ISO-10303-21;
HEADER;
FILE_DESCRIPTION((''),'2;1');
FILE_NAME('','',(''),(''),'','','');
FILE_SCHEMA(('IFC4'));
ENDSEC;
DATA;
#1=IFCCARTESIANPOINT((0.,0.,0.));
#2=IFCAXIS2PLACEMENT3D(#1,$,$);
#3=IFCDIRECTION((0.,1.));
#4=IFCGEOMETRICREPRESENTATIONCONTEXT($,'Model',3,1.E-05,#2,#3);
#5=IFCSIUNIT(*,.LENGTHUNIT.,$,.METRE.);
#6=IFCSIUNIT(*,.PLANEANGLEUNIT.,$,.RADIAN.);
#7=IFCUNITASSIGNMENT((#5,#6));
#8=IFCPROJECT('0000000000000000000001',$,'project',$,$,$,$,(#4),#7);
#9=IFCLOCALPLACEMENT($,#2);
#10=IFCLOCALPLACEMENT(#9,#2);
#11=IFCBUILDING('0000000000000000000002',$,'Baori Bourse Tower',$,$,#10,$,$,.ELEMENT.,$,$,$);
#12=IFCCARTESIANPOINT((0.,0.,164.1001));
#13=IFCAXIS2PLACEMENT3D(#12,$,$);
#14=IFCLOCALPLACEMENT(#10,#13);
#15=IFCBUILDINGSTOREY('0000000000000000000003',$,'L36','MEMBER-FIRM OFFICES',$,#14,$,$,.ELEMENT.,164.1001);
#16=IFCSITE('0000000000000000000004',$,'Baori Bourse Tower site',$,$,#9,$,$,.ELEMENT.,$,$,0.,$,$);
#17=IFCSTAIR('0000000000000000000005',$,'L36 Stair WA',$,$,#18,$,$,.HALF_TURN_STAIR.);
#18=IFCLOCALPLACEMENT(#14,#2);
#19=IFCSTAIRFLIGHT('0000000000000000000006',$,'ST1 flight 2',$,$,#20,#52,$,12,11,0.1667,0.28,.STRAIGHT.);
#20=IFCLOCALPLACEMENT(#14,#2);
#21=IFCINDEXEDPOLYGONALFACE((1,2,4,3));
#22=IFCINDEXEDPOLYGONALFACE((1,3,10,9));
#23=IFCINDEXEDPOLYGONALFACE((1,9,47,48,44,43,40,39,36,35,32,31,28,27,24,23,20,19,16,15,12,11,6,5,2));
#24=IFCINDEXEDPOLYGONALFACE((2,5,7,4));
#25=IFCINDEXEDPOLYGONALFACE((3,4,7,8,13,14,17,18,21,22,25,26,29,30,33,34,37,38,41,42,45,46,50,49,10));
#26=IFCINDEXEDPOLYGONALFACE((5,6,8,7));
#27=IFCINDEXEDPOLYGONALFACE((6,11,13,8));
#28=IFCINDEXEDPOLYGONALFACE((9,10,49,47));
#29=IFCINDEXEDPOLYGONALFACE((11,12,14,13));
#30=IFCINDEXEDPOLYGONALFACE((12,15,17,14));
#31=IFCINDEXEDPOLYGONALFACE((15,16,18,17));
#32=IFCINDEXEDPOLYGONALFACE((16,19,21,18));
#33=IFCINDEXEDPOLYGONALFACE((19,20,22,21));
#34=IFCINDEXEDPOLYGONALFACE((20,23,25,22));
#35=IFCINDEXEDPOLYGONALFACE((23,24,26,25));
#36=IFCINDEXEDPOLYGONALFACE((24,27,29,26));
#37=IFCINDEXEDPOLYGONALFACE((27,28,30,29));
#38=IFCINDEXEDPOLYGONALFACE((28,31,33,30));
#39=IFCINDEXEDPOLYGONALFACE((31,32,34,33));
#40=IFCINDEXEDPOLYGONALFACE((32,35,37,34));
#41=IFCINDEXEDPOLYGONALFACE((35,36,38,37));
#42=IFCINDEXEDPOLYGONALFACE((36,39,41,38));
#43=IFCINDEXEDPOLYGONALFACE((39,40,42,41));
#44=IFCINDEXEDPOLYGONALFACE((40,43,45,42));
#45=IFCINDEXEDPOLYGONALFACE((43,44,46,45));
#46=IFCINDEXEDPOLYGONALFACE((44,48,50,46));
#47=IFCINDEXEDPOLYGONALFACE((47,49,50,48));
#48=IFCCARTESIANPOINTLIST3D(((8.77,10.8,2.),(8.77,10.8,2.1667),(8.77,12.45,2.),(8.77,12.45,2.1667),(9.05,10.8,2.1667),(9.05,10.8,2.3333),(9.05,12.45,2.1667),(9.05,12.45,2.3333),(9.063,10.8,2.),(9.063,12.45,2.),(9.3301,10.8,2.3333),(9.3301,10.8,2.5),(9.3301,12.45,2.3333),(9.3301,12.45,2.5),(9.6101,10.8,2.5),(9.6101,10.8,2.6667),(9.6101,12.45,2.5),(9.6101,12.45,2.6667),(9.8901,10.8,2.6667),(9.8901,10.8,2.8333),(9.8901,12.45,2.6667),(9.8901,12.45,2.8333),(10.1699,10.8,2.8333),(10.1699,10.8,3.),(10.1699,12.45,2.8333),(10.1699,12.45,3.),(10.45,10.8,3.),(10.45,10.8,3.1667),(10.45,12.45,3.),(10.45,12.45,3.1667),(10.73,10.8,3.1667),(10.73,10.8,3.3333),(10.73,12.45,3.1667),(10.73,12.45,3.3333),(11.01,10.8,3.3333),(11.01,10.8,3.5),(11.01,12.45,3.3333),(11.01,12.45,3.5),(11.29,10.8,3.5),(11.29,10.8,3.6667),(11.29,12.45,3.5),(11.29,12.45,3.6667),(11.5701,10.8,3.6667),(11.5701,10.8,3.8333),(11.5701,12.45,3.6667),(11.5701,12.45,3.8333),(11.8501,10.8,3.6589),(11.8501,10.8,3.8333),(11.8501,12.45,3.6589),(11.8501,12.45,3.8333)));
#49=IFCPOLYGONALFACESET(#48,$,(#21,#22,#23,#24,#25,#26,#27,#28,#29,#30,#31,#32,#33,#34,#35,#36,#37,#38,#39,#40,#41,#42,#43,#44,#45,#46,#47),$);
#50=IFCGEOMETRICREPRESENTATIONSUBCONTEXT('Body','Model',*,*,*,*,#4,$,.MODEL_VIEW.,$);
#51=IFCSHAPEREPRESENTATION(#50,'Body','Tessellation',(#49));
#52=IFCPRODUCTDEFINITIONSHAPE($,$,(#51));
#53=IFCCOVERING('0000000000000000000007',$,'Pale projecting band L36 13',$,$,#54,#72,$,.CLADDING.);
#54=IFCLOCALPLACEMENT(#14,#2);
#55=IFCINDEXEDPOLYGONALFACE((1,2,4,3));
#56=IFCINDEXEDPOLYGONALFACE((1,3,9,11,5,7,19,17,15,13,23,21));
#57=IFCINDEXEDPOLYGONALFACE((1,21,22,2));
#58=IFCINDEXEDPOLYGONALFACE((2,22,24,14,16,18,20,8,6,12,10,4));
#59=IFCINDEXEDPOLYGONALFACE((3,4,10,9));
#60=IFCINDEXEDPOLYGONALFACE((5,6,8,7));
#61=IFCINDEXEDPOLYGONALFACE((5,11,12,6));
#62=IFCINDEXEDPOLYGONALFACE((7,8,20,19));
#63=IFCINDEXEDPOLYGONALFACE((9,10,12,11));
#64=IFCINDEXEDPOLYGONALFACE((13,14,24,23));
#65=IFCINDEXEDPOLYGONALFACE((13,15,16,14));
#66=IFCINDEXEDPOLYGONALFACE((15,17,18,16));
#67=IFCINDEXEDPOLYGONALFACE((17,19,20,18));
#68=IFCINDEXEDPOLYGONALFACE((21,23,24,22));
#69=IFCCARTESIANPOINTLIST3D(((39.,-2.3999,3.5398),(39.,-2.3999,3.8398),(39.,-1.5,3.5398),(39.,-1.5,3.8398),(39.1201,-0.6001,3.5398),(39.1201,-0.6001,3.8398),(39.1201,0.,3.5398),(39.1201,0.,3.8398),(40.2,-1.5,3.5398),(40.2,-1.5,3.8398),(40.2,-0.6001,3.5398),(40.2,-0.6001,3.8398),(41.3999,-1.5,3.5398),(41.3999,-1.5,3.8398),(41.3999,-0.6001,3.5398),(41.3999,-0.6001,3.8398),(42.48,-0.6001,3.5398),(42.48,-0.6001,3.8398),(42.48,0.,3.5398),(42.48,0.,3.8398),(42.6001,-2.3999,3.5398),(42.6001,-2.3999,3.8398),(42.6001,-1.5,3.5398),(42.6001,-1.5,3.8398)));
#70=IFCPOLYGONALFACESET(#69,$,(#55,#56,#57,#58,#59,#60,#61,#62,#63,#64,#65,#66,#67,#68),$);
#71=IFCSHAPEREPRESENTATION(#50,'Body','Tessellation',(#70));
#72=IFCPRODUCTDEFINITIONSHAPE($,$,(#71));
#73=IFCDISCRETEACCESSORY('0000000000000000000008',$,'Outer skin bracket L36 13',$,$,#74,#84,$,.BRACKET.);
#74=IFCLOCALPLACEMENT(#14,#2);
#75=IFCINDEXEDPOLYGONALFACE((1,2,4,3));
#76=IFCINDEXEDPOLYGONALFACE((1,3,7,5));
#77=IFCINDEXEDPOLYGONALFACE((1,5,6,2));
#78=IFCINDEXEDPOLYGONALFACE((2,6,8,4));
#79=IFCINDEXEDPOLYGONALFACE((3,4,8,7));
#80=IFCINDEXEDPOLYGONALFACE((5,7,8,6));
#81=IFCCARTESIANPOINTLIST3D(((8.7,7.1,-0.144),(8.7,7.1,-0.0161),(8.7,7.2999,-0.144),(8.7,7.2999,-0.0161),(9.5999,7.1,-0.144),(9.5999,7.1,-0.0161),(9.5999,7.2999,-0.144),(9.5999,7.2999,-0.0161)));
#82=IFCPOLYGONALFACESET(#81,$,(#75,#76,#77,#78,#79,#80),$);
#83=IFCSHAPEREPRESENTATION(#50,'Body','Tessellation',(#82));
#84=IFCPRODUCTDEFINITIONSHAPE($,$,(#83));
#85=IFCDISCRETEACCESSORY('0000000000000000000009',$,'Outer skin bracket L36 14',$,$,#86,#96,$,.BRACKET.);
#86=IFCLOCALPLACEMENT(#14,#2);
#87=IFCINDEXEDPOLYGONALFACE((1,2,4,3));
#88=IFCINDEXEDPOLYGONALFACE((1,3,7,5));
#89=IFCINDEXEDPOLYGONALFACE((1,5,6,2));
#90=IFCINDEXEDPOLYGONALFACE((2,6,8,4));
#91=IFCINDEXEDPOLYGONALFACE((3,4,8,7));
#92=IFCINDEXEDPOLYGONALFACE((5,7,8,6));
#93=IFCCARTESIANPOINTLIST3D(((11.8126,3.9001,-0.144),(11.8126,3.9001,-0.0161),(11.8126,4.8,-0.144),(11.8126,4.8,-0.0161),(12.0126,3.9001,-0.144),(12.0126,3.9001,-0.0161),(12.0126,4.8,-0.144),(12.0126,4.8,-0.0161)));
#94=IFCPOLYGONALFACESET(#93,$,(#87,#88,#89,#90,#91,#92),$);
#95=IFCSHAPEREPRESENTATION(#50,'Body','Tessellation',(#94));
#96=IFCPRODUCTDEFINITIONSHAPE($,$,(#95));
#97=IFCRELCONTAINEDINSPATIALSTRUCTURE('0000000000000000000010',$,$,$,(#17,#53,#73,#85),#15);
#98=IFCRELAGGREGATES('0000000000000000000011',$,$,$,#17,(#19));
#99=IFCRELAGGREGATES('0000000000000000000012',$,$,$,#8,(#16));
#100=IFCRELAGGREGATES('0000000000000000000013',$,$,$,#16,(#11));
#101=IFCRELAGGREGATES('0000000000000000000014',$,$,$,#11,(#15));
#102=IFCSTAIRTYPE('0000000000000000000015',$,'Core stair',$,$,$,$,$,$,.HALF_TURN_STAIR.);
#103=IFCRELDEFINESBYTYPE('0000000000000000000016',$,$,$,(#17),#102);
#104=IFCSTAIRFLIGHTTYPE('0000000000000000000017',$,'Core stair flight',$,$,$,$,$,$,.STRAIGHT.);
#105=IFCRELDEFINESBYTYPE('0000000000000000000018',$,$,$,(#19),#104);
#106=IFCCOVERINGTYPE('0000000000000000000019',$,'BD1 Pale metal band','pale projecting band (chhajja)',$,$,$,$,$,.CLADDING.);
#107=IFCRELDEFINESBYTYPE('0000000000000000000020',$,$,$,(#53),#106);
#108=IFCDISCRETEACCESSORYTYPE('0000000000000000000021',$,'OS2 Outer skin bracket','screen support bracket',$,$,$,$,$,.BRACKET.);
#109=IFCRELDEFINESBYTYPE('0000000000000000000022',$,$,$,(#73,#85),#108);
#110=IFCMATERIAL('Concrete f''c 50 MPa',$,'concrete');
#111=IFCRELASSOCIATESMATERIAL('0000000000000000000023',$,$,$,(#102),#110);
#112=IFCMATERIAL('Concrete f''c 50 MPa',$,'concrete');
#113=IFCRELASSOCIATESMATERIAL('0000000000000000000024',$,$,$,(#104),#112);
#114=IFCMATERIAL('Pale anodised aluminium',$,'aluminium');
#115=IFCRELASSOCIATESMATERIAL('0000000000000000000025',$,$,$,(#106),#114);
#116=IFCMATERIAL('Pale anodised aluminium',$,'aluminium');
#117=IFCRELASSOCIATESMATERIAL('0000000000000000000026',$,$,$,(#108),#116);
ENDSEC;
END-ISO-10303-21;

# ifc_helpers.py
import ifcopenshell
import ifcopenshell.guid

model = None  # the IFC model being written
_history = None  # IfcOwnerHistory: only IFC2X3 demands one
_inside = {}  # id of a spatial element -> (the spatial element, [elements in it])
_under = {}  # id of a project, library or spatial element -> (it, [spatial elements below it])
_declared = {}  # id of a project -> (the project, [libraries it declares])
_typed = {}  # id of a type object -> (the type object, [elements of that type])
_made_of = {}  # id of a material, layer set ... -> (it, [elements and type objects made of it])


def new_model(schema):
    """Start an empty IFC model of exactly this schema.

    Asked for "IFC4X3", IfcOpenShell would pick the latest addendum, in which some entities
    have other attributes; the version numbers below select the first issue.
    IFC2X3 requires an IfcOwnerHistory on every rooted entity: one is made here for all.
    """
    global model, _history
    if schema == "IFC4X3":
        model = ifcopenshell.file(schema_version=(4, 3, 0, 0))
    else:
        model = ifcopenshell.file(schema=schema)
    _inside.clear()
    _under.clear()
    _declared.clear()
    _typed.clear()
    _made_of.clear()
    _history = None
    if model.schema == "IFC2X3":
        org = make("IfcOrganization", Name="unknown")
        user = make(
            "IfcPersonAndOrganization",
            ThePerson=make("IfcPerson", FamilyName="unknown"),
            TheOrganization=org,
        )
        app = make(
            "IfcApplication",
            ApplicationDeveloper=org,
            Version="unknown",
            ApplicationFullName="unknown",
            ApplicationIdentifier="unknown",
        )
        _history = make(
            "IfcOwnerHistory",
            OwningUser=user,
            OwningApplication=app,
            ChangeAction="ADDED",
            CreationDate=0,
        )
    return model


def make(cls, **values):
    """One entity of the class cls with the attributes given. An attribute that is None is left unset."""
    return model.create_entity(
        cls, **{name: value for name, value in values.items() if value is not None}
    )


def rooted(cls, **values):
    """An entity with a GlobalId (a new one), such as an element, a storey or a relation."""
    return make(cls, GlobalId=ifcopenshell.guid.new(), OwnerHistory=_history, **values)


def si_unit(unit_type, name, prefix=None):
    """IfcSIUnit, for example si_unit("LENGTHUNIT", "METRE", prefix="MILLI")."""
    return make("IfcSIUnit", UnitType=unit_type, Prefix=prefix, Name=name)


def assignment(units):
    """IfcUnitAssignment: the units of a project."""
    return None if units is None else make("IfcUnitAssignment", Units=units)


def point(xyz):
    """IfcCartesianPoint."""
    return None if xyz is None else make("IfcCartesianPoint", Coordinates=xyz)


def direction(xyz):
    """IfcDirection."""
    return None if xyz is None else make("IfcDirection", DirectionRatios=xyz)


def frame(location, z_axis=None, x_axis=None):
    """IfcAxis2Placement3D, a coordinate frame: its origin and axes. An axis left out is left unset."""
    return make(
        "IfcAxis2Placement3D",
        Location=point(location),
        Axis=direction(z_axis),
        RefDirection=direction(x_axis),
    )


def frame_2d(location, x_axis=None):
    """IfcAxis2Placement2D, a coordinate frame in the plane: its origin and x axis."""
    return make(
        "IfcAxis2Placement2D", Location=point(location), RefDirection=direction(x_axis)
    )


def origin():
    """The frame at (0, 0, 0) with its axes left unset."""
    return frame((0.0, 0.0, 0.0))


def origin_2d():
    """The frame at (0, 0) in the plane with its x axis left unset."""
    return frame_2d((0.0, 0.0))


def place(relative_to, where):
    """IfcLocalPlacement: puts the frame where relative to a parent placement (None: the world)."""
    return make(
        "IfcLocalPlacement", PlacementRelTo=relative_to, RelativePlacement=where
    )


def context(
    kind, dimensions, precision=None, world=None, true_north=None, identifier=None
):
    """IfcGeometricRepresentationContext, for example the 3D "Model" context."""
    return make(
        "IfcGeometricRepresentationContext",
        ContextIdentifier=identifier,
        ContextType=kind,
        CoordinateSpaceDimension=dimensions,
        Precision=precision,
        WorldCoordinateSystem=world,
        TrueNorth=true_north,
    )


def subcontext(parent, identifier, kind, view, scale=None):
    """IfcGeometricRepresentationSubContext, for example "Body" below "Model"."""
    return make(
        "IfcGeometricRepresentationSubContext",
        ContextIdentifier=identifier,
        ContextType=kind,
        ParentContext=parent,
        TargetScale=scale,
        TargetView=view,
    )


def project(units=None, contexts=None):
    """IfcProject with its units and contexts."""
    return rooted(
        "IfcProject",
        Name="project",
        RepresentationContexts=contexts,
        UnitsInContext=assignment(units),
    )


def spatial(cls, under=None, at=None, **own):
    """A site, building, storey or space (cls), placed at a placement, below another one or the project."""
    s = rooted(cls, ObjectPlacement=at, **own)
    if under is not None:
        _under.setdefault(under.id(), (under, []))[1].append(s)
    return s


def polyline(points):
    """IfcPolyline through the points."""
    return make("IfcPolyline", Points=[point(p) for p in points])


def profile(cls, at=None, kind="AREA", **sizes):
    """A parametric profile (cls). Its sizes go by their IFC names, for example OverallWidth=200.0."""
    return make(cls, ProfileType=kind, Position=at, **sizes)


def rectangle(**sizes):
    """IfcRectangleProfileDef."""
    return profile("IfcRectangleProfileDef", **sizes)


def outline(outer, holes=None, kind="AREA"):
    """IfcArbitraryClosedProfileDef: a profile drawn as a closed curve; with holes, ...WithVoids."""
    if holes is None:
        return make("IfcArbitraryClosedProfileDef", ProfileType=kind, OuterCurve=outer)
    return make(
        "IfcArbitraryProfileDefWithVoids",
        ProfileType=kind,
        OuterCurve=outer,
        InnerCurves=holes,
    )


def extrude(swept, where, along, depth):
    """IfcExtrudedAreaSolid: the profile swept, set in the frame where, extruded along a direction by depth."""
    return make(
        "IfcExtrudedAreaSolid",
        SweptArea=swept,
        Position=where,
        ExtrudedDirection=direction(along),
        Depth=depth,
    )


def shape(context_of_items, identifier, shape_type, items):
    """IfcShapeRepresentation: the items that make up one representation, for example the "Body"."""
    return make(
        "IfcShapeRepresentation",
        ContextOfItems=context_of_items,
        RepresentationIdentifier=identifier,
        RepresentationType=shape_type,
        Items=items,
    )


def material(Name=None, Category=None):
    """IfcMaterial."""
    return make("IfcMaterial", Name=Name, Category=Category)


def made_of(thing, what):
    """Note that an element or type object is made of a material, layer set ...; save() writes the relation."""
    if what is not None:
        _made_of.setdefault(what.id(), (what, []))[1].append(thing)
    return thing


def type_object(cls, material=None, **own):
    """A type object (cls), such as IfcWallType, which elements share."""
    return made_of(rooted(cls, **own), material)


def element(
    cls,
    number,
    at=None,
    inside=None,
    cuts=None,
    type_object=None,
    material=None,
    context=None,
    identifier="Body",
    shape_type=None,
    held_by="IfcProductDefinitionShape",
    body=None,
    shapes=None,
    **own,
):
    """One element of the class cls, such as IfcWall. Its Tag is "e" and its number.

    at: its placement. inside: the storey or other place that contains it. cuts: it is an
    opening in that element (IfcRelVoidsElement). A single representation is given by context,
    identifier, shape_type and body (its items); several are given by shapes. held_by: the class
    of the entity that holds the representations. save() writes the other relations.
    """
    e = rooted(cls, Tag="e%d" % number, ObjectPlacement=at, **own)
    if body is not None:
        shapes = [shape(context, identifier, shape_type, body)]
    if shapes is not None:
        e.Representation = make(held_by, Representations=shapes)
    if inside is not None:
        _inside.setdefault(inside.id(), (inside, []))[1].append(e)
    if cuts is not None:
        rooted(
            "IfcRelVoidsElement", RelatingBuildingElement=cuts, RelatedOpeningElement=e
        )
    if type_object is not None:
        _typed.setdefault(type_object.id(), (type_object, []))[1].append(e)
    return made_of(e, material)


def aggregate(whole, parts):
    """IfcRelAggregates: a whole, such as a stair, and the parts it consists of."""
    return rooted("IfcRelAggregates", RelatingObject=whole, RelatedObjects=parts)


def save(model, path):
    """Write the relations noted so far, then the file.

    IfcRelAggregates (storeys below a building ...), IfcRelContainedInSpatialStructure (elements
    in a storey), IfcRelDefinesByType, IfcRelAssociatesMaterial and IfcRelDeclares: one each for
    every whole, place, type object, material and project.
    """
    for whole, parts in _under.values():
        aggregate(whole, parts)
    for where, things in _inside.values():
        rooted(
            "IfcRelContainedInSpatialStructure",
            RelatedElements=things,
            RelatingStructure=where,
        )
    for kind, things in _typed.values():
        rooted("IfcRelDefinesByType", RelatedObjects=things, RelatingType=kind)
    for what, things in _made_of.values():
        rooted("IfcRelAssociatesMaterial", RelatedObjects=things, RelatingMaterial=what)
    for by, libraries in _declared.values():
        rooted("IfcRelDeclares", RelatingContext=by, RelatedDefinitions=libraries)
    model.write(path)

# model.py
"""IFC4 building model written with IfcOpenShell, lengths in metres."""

from ifc_helpers import new_model, si_unit, direction, frame, origin, origin_2d, place, context, subcontext, project, spatial, polyline, rectangle, outline, extrude, material, type_object, element, aggregate, save


model = new_model("IFC4")

# Units and contexts
model_context = context("Model", 3, precision=1e-05, world=origin(), true_north=direction((0.0, 1.0)))
body_context = subcontext(model_context, "Body", "Model", "MODEL_VIEW")
ifc_project = project(units=[si_unit("LENGTHUNIT", "METRE"), si_unit("PLANEANGLEUNIT", "RADIAN")], contexts=[model_context])

# Site, building, storey
site_placement = place(None, origin())
site = spatial("IfcSite", under=ifc_project, at=site_placement, Name="Baori Bourse Tower site", CompositionType="ELEMENT", RefElevation=0.0)
building_placement = place(site_placement, origin())
building = spatial("IfcBuilding", under=site, at=building_placement, Name="Baori Bourse Tower", CompositionType="ELEMENT")
storey_placement = place(building_placement, frame((0.0, 0.0, 164.1001)))
storey = spatial("IfcBuildingStorey", under=building, at=storey_placement, Name="L36", Description="MEMBER-FIRM OFFICES", CompositionType="ELEMENT", Elevation=164.1001)

# Stair, stair flight
ifc_material_1 = material(Name="Concrete f'c 50 MPa", Category="concrete")
stair_type = type_object("IfcStairType", Name="Core stair", PredefinedType="HALF_TURN_STAIR", material=ifc_material_1)
stair_placement = place(storey_placement, origin())
stair = element("IfcStair", 1, at=stair_placement, inside=storey, type_object=stair_type, Name="L36 Stair WA", PredefinedType="HALF_TURN_STAIR")
ifc_material_2 = material(Name="Concrete f'c 50 MPa", Category="concrete")
stair_flight_type = type_object("IfcStairFlightType", Name="Core stair flight", PredefinedType="STRAIGHT", material=ifc_material_2)
stair_flight_placement = place(storey_placement, frame((8.77, 11.625, 2.0), z_axis=(0.0, 0.0, 1.0), x_axis=(1.0, 0.0, 0.0)))
stair_flight = element("IfcStairFlight", 2, at=stair_flight_placement, type_object=stair_flight_type, Name="ST1 flight 2", NumberOfRisers=12, NumberOfTreads=11, PredefinedType="STRAIGHT", RiserHeight=0.1667, TreadLength=0.28, context=body_context, shape_type="SweptSolid", body=[
    extrude(outline(polyline([(0.0, 0.0), (0.0, 0.1667), (0.28, 0.1667), (0.28, 0.3333), (0.5601, 0.3333), (0.5601, 0.5), (0.8401, 0.5), (0.8401, 0.6667), (1.1201, 0.6667), (1.1201, 0.8333), (1.3999, 0.8333), (1.3999, 1.0), (1.6799, 1.0), (1.6799, 1.1667), (1.96, 1.1667), (1.96, 1.3333), (2.24, 1.3333), (2.24, 1.5), (2.52, 1.5), (2.52, 1.6667), (2.8, 1.6667), (2.8, 1.8333), (3.0801, 1.8333), (3.0801, 2.0), (3.0801, 1.6589), (0.293, 0.0), (0.0, 0.0)])), frame((0.0, 0.825, 0.0), z_axis=(0.0, -1.0, 0.0), x_axis=(1.0, 0.0, 0.0)), (0.0, 0.0, 1.0), 1.6499),
])
aggregate(stair, [stair_flight])

# Covering
ifc_material_3 = material(Name="Pale anodised aluminium", Category="aluminium")
covering_type = type_object("IfcCoveringType", Name="BD1 Pale metal band", Description="pale projecting band (chhajja)", PredefinedType="CLADDING", material=ifc_material_3)
covering_placement = place(storey_placement, frame((0.0, 0.0, 3.5398)))
element("IfcCovering", 3, at=covering_placement, inside=storey, type_object=covering_type, Name="Pale projecting band L36 13", PredefinedType="CLADDING", context=body_context, shape_type="SweptSolid", body=[
    extrude(outline(polyline([(42.48, 0.0), (39.1201, 0.0), (39.1201, -0.6001), (40.2, -0.6001), (40.2, -1.5), (39.0, -1.5), (39.0, -2.3999), (42.6001, -2.3999), (42.6001, -1.5), (41.3999, -1.5), (41.3999, -0.6001), (42.48, -0.6001), (42.48, 0.0)])), origin(), (0.0, 0.0, 1.0), 0.3),
])

# Discrete accessories
ifc_material_4 = material(Name="Pale anodised aluminium", Category="aluminium")
discrete_accessory_type = type_object("IfcDiscreteAccessoryType", Name="OS2 Outer skin bracket", Description="screen support bracket", PredefinedType="BRACKET", material=ifc_material_4)
for number, where, z_axis, x_axis, name in (
    (4, (9.1499, 7.2, -0.144), (0.0, 0.0, 1.0), (0.0, -1.0, 0.0), "Outer skin bracket L36 13"),
    (5, (11.9126, 4.3501, -0.144), (0.0, 0.0, 1.0), (1.0, 0.0, 0.0), "Outer skin bracket L36 14"),
):
    element("IfcDiscreteAccessory", number, at=place(storey_placement, frame(where, z_axis=z_axis, x_axis=x_axis)), inside=storey, type_object=discrete_accessory_type, Name=name, PredefinedType="BRACKET", context=body_context, shape_type="SweptSolid", body=[
        extrude(rectangle(XDim=0.2, YDim=0.8999, at=origin_2d()), origin(), (0.0, 0.0, 1.0), 0.1279),
    ])

save(model, "model.ifc")
